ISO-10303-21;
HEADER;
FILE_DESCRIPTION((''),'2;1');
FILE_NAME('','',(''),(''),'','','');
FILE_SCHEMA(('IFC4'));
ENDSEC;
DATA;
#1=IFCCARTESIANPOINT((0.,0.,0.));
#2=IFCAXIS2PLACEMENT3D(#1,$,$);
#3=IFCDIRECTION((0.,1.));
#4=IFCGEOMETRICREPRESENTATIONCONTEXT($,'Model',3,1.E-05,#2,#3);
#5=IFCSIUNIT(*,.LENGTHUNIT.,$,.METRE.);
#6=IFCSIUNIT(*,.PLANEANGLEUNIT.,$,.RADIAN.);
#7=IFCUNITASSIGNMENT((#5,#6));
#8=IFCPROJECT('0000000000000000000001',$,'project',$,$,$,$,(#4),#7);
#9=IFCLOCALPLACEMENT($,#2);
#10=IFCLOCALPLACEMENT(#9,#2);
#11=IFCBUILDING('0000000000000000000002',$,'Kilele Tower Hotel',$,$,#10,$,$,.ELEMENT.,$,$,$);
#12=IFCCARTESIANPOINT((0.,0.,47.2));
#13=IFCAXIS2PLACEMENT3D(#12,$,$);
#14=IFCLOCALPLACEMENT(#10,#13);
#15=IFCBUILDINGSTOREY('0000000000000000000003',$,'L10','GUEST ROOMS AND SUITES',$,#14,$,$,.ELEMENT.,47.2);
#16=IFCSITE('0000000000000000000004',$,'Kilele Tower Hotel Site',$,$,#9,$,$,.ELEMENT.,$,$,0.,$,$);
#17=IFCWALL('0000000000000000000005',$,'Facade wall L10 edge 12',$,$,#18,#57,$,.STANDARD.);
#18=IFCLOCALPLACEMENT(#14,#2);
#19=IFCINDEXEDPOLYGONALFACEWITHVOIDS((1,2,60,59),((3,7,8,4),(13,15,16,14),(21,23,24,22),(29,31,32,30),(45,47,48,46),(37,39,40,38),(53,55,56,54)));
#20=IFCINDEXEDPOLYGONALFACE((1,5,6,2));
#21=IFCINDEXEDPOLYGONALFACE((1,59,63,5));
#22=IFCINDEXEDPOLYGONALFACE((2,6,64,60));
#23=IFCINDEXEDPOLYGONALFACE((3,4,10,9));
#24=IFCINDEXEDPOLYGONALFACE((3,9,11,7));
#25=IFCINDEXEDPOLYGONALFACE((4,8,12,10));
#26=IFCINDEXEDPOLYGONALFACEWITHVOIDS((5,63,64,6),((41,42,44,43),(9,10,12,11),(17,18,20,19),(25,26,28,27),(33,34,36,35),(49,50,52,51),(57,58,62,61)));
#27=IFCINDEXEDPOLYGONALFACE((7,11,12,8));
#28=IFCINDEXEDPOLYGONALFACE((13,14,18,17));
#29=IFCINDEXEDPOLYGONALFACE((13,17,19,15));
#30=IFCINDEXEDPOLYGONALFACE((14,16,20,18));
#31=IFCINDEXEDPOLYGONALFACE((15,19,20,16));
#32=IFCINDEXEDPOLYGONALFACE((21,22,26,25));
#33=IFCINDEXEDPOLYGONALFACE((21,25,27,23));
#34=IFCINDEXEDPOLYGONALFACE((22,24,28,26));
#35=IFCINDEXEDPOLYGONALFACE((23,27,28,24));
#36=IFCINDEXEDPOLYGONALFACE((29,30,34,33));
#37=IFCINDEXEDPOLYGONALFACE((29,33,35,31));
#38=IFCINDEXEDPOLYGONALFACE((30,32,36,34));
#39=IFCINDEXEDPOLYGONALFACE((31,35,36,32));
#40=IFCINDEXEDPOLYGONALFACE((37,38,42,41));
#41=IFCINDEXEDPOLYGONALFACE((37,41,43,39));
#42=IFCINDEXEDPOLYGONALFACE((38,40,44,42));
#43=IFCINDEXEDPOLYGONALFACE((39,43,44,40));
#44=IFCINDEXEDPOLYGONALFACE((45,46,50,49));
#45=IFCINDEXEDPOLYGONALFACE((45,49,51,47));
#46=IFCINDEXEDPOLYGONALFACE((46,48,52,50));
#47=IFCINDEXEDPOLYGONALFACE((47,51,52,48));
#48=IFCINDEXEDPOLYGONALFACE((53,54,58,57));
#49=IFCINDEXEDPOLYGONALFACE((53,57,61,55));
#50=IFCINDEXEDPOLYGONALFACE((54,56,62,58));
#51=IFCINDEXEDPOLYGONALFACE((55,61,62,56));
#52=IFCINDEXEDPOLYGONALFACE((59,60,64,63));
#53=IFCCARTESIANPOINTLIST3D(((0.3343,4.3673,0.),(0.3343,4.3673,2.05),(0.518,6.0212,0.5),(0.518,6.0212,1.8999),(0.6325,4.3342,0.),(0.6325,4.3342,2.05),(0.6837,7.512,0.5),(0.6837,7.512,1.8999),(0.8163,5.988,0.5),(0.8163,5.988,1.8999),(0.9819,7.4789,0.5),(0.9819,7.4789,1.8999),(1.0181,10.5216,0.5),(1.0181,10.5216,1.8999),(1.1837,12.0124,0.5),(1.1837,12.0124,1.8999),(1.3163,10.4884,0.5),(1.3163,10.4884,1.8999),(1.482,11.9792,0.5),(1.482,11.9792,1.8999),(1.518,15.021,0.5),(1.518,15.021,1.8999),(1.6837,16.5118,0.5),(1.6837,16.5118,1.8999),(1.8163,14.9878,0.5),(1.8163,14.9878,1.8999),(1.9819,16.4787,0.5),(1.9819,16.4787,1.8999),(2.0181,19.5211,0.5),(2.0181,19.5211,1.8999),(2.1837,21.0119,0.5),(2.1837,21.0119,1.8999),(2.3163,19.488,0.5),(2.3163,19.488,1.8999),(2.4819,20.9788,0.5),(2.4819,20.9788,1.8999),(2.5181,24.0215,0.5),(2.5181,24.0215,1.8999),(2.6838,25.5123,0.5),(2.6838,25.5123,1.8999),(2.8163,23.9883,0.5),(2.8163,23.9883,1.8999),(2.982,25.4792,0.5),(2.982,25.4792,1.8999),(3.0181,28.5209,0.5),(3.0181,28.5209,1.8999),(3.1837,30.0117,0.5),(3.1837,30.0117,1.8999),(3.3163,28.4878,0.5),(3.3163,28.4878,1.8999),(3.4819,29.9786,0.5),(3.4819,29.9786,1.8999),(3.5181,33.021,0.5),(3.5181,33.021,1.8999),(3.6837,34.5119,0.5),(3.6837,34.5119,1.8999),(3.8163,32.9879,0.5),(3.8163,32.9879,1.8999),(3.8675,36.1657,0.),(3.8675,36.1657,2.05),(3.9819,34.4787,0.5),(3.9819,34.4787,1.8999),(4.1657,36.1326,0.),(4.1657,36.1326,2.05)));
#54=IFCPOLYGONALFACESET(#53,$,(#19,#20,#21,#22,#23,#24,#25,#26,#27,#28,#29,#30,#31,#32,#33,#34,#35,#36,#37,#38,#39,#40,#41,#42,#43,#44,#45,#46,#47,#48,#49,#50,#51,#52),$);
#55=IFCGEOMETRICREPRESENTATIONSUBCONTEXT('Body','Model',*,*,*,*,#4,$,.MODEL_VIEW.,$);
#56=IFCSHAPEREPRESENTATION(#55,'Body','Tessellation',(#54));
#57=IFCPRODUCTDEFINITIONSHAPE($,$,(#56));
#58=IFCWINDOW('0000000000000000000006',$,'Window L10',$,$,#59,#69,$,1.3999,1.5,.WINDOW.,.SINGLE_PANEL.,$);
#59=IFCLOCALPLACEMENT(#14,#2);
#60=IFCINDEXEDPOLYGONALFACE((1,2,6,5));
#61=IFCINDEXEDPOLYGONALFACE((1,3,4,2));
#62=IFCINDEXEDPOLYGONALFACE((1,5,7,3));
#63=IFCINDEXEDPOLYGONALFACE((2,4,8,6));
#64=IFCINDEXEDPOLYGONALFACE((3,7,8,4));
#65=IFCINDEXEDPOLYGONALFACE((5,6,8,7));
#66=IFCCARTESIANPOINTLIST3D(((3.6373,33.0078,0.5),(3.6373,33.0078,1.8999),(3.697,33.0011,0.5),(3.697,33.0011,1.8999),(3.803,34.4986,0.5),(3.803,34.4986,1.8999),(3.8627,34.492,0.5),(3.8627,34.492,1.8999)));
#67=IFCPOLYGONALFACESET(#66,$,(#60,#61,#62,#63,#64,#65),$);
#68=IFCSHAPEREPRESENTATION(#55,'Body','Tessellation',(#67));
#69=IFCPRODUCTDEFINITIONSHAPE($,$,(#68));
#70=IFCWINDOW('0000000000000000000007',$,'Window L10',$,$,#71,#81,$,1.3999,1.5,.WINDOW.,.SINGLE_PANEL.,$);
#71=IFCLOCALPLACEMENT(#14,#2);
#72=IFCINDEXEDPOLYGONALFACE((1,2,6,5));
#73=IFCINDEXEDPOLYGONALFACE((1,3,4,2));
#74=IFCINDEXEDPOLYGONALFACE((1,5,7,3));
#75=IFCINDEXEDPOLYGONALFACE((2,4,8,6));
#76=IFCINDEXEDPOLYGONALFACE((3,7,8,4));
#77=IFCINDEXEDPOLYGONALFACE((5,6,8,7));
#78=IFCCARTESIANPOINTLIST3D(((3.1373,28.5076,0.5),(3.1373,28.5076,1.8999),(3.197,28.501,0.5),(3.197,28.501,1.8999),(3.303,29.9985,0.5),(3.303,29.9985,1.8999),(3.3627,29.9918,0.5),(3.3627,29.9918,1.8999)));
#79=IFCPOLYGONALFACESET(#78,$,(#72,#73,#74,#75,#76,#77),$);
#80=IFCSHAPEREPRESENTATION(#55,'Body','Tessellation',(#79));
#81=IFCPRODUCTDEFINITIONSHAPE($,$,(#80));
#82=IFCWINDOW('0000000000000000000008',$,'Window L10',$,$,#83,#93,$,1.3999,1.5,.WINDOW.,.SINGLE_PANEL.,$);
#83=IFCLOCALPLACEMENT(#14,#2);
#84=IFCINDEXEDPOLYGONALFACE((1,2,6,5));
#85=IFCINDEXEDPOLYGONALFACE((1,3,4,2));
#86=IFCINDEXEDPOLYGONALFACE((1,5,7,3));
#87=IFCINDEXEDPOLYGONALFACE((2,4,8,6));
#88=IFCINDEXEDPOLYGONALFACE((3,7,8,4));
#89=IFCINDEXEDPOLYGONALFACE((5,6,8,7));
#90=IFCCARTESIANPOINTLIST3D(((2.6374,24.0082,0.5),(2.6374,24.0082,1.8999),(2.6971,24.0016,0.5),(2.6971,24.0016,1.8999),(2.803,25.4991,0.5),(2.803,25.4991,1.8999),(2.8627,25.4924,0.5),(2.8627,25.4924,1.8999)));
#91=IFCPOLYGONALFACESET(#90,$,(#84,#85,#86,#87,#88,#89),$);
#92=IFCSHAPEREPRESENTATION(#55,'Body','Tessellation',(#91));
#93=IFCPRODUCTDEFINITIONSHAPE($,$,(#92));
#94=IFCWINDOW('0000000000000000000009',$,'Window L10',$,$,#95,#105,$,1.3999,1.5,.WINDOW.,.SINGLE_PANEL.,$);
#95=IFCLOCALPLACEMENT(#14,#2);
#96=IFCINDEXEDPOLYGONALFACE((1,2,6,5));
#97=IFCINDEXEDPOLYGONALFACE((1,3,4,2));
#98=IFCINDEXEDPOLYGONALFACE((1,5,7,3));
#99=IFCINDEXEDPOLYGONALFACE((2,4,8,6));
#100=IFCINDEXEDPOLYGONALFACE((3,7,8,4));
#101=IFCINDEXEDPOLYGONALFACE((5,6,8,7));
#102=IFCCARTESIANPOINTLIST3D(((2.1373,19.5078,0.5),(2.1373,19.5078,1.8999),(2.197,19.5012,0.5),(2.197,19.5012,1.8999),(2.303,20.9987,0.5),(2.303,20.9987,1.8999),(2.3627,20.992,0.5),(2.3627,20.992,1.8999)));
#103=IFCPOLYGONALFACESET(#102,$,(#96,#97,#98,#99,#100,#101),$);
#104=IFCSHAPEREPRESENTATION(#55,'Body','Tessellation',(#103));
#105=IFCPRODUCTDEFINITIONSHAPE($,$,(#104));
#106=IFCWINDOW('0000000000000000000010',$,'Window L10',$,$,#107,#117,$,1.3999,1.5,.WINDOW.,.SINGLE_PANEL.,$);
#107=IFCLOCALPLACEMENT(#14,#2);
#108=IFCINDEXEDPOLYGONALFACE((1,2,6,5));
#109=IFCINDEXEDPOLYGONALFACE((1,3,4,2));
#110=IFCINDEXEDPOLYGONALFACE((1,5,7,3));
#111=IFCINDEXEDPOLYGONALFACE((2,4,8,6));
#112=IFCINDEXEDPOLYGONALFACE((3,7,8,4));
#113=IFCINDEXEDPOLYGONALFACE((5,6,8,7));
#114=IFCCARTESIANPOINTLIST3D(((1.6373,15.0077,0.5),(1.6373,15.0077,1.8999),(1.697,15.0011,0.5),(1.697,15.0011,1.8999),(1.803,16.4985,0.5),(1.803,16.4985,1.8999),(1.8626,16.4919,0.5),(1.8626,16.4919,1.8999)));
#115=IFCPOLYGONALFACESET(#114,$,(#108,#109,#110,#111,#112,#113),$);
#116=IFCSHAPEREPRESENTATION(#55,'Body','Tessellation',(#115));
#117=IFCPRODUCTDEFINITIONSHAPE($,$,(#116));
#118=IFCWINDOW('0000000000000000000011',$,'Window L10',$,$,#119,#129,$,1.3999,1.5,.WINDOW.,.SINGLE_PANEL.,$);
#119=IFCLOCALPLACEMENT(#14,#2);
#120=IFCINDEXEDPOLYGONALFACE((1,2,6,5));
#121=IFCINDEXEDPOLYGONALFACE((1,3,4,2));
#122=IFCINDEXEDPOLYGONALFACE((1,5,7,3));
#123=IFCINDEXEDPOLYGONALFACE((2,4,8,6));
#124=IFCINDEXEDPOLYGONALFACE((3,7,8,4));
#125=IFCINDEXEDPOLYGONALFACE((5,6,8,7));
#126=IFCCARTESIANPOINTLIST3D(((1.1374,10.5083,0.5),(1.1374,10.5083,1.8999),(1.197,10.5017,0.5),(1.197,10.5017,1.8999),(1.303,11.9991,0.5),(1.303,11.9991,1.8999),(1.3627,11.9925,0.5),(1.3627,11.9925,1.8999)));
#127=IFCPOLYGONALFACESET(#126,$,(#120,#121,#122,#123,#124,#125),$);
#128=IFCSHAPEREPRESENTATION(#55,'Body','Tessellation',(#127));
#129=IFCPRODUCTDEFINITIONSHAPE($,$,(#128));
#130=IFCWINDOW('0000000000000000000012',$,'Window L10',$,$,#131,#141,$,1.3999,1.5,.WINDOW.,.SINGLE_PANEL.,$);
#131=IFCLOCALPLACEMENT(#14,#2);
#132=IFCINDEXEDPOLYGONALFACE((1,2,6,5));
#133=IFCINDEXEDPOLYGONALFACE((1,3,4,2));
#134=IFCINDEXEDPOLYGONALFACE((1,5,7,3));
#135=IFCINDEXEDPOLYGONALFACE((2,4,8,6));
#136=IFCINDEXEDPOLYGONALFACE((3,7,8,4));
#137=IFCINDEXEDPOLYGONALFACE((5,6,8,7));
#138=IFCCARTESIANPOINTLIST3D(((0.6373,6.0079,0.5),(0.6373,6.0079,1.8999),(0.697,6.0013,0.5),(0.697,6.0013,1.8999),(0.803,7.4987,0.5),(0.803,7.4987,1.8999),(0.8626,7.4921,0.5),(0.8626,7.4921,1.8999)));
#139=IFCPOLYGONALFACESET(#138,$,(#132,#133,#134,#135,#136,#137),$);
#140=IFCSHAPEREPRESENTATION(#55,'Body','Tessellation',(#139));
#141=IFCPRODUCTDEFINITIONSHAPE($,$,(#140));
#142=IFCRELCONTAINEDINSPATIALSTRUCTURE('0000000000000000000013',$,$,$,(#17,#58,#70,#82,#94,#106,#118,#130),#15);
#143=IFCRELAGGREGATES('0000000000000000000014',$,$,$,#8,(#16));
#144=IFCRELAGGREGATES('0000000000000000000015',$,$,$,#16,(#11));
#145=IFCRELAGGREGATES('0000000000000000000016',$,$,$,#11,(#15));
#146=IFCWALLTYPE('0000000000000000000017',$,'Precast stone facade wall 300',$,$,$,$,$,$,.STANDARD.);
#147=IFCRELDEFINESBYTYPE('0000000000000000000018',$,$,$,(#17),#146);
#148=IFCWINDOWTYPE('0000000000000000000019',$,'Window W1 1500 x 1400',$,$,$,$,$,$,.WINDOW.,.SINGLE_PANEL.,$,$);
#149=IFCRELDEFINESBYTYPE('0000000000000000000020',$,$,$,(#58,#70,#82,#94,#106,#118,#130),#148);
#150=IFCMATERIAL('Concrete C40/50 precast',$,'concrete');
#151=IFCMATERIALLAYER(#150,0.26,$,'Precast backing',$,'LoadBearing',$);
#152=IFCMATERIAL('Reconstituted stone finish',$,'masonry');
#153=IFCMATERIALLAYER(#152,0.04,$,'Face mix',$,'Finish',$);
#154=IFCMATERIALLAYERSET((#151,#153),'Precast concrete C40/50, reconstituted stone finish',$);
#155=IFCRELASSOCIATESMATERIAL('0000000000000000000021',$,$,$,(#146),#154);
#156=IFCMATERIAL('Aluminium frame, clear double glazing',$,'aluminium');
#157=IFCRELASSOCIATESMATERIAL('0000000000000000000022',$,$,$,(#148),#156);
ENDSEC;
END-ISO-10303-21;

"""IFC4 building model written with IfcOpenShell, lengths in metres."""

from ifc_helpers import new_model, si_unit, direction, frame, frame_2d, origin, place, context, subcontext, project, spatial, rectangle, extrude, material, layer, layer_set, type_object, element, fill, save


model = new_model("IFC4")

# Units and contexts
model_context = context("Model", 3, precision=1e-05, world=origin(), true_north=direction((0.0, 1.0)))
body_context = subcontext(model_context, "Body", "Model", "MODEL_VIEW")
ifc_project = project(units=[si_unit("LENGTHUNIT", "METRE"), si_unit("PLANEANGLEUNIT", "RADIAN")], contexts=[model_context])

# Site, building, storey
site_placement = place(None, origin())
site = spatial("IfcSite", under=ifc_project, at=site_placement, Name="Kilele Tower Hotel Site", CompositionType="ELEMENT", RefElevation=0.0)
building_placement = place(site_placement, origin())
building = spatial("IfcBuilding", under=site, at=building_placement, Name="Kilele Tower Hotel", CompositionType="ELEMENT")
storey_placement = place(building_placement, frame((0.0, 0.0, 47.2)))
storey = spatial("IfcBuildingStorey", under=building, at=storey_placement, Name="L10", Description="GUEST ROOMS AND SUITES", CompositionType="ELEMENT", Elevation=47.2)

# Shared definitions
ifc_material_1 = material(Name="Concrete C40/50 precast", Category="concrete")
ifc_layer_1 = layer(ifc_material_1, 0.26, Name="Precast backing", Category="LoadBearing")
ifc_material_2 = material(Name="Reconstituted stone finish", Category="masonry")
ifc_layer_2 = layer(ifc_material_2, 0.04, Name="Face mix", Category="Finish")
ifc_layer_set_1 = layer_set([ifc_layer_1, ifc_layer_2], Name="Precast concrete C40/50, reconstituted stone finish")
wall_type_1 = type_object("IfcWallType", Name="Precast stone facade wall 300", PredefinedType="STANDARD", material=ifc_layer_set_1)
ifc_material_3 = material(Name="Aluminium frame, clear double glazing", Category="aluminium")
window_type_1 = type_object("IfcWindowType", Name="Window W1 1500 x 1400", PartitioningType="SINGLE_PANEL", PredefinedType="WINDOW", material=ifc_material_3)

# Wall, openings, windows
wall_1_placement = place(storey_placement, frame((4.0166, 36.1492, 0.0), z_axis=(0.0, 0.0, 1.0), x_axis=(-0.110433, -0.993884, 0.0)))
wall_1 = element("IfcWall", 1, at=wall_1_placement, inside=storey, type_object=wall_type_1, Name="Facade wall L10 edge 12", PredefinedType="STANDARD", context=body_context, shape_type="SweptSolid", body=[
    extrude(rectangle(XDim=31.9941, YDim=0.3, at=frame_2d((15.9971, 0.0))), origin(), (0.0, 0.0, 1.0), 2.05),
])
opening_1_placement = place(wall_1_placement, frame((1.6641, 0.0, 0.5)))
opening_1 = element("IfcOpeningElement", 2, at=opening_1_placement, cuts=wall_1, PredefinedType="OPENING", context=body_context, shape_type="SweptSolid", body=[
    extrude(rectangle(XDim=1.5, YDim=1.3999, at=frame_2d((0.75, 0.7))), frame((0.0, 0.1599, 0.0), z_axis=(0.0, -1.0, 0.0), x_axis=(1.0, 0.0, 0.0)), (0.0, 0.0, 1.0), 0.3201),
])
opening_2_placement = place(wall_1_placement, frame((6.1919, 0.0, 0.5)))
opening_2 = element("IfcOpeningElement", 3, at=opening_2_placement, cuts=wall_1, PredefinedType="OPENING", context=body_context, shape_type="SweptSolid", body=[
    extrude(rectangle(XDim=1.5, YDim=1.3999, at=frame_2d((0.75, 0.7))), frame((0.0, 0.1599, 0.0), z_axis=(0.0, -1.0, 0.0), x_axis=(1.0, 0.0, 0.0)), (0.0, 0.0, 1.0), 0.3201),
])
opening_3_placement = place(wall_1_placement, frame((10.719, 0.0, 0.5)))
opening_3 = element("IfcOpeningElement", 4, at=opening_3_placement, cuts=wall_1, PredefinedType="OPENING", context=body_context, shape_type="SweptSolid", body=[
    extrude(rectangle(XDim=1.5, YDim=1.3999, at=frame_2d((0.75, 0.7))), frame((0.0, 0.1599, 0.0), z_axis=(0.0, -1.0, 0.0), x_axis=(1.0, 0.0, 0.0)), (0.0, 0.0, 1.0), 0.3201),
])
opening_4_placement = place(wall_1_placement, frame((15.2471, 0.0, 0.5)))
opening_4 = element("IfcOpeningElement", 5, at=opening_4_placement, cuts=wall_1, PredefinedType="OPENING", context=body_context, shape_type="SweptSolid", body=[
    extrude(rectangle(XDim=1.5, YDim=1.3999, at=frame_2d((0.75, 0.7))), frame((0.0, 0.1599, 0.0), z_axis=(0.0, -1.0, 0.0), x_axis=(1.0, 0.0, 0.0)), (0.0, 0.0, 1.0), 0.3201),
])
opening_5_placement = place(wall_1_placement, frame((19.7749, 0.0, 0.5)))
opening_5 = element("IfcOpeningElement", 6, at=opening_5_placement, cuts=wall_1, PredefinedType="OPENING", context=body_context, shape_type="SweptSolid", body=[
    extrude(rectangle(XDim=1.5, YDim=1.3999, at=frame_2d((0.75, 0.7))), frame((0.0, 0.1599, 0.0), z_axis=(0.0, -1.0, 0.0), x_axis=(1.0, 0.0, 0.0)), (0.0, 0.0, 1.0), 0.3201),
])
opening_6_placement = place(wall_1_placement, frame((24.302, 0.0, 0.5)))
opening_6 = element("IfcOpeningElement", 7, at=opening_6_placement, cuts=wall_1, PredefinedType="OPENING", context=body_context, shape_type="SweptSolid", body=[
    extrude(rectangle(XDim=1.5, YDim=1.3999, at=frame_2d((0.75, 0.7))), frame((0.0, 0.1599, 0.0), z_axis=(0.0, -1.0, 0.0), x_axis=(1.0, 0.0, 0.0)), (0.0, 0.0, 1.0), 0.3201),
])
opening_7_placement = place(wall_1_placement, frame((28.8301, 0.0, 0.5)))
opening_7 = element("IfcOpeningElement", 8, at=opening_7_placement, cuts=wall_1, PredefinedType="OPENING", context=body_context, shape_type="SweptSolid", body=[
    extrude(rectangle(XDim=1.5, YDim=1.3999, at=frame_2d((0.75, 0.7))), frame((0.0, 0.1599, 0.0), z_axis=(0.0, -1.0, 0.0), x_axis=(1.0, 0.0, 0.0)), (0.0, 0.0, 1.0), 0.3201),
])
window_1_placement = place(opening_1_placement, origin())
window_1 = element("IfcWindow", 9, at=window_1_placement, inside=storey, type_object=window_type_1, Name="Window L10", OverallHeight=1.3999, OverallWidth=1.5, PartitioningType="SINGLE_PANEL", PredefinedType="WINDOW", context=body_context, shape_type="SweptSolid", body=[
    extrude(rectangle(XDim=1.5, YDim=1.3999, at=frame_2d((0.75, 0.7))), frame((0.0, 0.03, 0.0), z_axis=(0.0, -1.0, 0.0), x_axis=(1.0, 0.0, 0.0)), (0.0, 0.0, 1.0), 0.0601),
])
fill(opening_1, window_1)
window_2_placement = place(opening_2_placement, origin())
window_2 = element("IfcWindow", 10, at=window_2_placement, inside=storey, type_object=window_type_1, Name="Window L10", OverallHeight=1.3999, OverallWidth=1.5, PartitioningType="SINGLE_PANEL", PredefinedType="WINDOW", context=body_context, shape_type="SweptSolid", body=[
    extrude(rectangle(XDim=1.5, YDim=1.3999, at=frame_2d((0.75, 0.7))), frame((0.0, 0.03, 0.0), z_axis=(0.0, -1.0, 0.0), x_axis=(1.0, 0.0, 0.0)), (0.0, 0.0, 1.0), 0.0601),
])
fill(opening_2, window_2)
window_3_placement = place(opening_3_placement, origin())
window_3 = element("IfcWindow", 11, at=window_3_placement, inside=storey, type_object=window_type_1, Name="Window L10", OverallHeight=1.3999, OverallWidth=1.5, PartitioningType="SINGLE_PANEL", PredefinedType="WINDOW", context=body_context, shape_type="SweptSolid", body=[
    extrude(rectangle(XDim=1.5, YDim=1.3999, at=frame_2d((0.75, 0.7))), frame((0.0, 0.03, 0.0), z_axis=(0.0, -1.0, 0.0), x_axis=(1.0, 0.0, 0.0)), (0.0, 0.0, 1.0), 0.0601),
])
fill(opening_3, window_3)
window_4_placement = place(opening_4_placement, origin())
window_4 = element("IfcWindow", 12, at=window_4_placement, inside=storey, type_object=window_type_1, Name="Window L10", OverallHeight=1.3999, OverallWidth=1.5, PartitioningType="SINGLE_PANEL", PredefinedType="WINDOW", context=body_context, shape_type="SweptSolid", body=[
    extrude(rectangle(XDim=1.5, YDim=1.3999, at=frame_2d((0.75, 0.7))), frame((0.0, 0.03, 0.0), z_axis=(0.0, -1.0, 0.0), x_axis=(1.0, 0.0, 0.0)), (0.0, 0.0, 1.0), 0.0601),
])
fill(opening_4, window_4)
window_5_placement = place(opening_5_placement, origin())
window_5 = element("IfcWindow", 13, at=window_5_placement, inside=storey, type_object=window_type_1, Name="Window L10", OverallHeight=1.3999, OverallWidth=1.5, PartitioningType="SINGLE_PANEL", PredefinedType="WINDOW", context=body_context, shape_type="SweptSolid", body=[
    extrude(rectangle(XDim=1.5, YDim=1.3999, at=frame_2d((0.75, 0.7))), frame((0.0, 0.03, 0.0), z_axis=(0.0, -1.0, 0.0), x_axis=(1.0, 0.0, 0.0)), (0.0, 0.0, 1.0), 0.0601),
])
fill(opening_5, window_5)
window_6_placement = place(opening_6_placement, origin())
window_6 = element("IfcWindow", 14, at=window_6_placement, inside=storey, type_object=window_type_1, Name="Window L10", OverallHeight=1.3999, OverallWidth=1.5, PartitioningType="SINGLE_PANEL", PredefinedType="WINDOW", context=body_context, shape_type="SweptSolid", body=[
    extrude(rectangle(XDim=1.5, YDim=1.3999, at=frame_2d((0.75, 0.7))), frame((0.0, 0.03, 0.0), z_axis=(0.0, -1.0, 0.0), x_axis=(1.0, 0.0, 0.0)), (0.0, 0.0, 1.0), 0.0601),
])
fill(opening_6, window_6)
window_7_placement = place(opening_7_placement, origin())
window_7 = element("IfcWindow", 15, at=window_7_placement, inside=storey, type_object=window_type_1, Name="Window L10", OverallHeight=1.3999, OverallWidth=1.5, PartitioningType="SINGLE_PANEL", PredefinedType="WINDOW", context=body_context, shape_type="SweptSolid", body=[
    extrude(rectangle(XDim=1.5, YDim=1.3999, at=frame_2d((0.75, 0.7))), frame((0.0, 0.03, 0.0), z_axis=(0.0, -1.0, 0.0), x_axis=(1.0, 0.0, 0.0)), (0.0, 0.0, 1.0), 0.0601),
])
fill(opening_7, window_7)

save(model, "model.ifc")
